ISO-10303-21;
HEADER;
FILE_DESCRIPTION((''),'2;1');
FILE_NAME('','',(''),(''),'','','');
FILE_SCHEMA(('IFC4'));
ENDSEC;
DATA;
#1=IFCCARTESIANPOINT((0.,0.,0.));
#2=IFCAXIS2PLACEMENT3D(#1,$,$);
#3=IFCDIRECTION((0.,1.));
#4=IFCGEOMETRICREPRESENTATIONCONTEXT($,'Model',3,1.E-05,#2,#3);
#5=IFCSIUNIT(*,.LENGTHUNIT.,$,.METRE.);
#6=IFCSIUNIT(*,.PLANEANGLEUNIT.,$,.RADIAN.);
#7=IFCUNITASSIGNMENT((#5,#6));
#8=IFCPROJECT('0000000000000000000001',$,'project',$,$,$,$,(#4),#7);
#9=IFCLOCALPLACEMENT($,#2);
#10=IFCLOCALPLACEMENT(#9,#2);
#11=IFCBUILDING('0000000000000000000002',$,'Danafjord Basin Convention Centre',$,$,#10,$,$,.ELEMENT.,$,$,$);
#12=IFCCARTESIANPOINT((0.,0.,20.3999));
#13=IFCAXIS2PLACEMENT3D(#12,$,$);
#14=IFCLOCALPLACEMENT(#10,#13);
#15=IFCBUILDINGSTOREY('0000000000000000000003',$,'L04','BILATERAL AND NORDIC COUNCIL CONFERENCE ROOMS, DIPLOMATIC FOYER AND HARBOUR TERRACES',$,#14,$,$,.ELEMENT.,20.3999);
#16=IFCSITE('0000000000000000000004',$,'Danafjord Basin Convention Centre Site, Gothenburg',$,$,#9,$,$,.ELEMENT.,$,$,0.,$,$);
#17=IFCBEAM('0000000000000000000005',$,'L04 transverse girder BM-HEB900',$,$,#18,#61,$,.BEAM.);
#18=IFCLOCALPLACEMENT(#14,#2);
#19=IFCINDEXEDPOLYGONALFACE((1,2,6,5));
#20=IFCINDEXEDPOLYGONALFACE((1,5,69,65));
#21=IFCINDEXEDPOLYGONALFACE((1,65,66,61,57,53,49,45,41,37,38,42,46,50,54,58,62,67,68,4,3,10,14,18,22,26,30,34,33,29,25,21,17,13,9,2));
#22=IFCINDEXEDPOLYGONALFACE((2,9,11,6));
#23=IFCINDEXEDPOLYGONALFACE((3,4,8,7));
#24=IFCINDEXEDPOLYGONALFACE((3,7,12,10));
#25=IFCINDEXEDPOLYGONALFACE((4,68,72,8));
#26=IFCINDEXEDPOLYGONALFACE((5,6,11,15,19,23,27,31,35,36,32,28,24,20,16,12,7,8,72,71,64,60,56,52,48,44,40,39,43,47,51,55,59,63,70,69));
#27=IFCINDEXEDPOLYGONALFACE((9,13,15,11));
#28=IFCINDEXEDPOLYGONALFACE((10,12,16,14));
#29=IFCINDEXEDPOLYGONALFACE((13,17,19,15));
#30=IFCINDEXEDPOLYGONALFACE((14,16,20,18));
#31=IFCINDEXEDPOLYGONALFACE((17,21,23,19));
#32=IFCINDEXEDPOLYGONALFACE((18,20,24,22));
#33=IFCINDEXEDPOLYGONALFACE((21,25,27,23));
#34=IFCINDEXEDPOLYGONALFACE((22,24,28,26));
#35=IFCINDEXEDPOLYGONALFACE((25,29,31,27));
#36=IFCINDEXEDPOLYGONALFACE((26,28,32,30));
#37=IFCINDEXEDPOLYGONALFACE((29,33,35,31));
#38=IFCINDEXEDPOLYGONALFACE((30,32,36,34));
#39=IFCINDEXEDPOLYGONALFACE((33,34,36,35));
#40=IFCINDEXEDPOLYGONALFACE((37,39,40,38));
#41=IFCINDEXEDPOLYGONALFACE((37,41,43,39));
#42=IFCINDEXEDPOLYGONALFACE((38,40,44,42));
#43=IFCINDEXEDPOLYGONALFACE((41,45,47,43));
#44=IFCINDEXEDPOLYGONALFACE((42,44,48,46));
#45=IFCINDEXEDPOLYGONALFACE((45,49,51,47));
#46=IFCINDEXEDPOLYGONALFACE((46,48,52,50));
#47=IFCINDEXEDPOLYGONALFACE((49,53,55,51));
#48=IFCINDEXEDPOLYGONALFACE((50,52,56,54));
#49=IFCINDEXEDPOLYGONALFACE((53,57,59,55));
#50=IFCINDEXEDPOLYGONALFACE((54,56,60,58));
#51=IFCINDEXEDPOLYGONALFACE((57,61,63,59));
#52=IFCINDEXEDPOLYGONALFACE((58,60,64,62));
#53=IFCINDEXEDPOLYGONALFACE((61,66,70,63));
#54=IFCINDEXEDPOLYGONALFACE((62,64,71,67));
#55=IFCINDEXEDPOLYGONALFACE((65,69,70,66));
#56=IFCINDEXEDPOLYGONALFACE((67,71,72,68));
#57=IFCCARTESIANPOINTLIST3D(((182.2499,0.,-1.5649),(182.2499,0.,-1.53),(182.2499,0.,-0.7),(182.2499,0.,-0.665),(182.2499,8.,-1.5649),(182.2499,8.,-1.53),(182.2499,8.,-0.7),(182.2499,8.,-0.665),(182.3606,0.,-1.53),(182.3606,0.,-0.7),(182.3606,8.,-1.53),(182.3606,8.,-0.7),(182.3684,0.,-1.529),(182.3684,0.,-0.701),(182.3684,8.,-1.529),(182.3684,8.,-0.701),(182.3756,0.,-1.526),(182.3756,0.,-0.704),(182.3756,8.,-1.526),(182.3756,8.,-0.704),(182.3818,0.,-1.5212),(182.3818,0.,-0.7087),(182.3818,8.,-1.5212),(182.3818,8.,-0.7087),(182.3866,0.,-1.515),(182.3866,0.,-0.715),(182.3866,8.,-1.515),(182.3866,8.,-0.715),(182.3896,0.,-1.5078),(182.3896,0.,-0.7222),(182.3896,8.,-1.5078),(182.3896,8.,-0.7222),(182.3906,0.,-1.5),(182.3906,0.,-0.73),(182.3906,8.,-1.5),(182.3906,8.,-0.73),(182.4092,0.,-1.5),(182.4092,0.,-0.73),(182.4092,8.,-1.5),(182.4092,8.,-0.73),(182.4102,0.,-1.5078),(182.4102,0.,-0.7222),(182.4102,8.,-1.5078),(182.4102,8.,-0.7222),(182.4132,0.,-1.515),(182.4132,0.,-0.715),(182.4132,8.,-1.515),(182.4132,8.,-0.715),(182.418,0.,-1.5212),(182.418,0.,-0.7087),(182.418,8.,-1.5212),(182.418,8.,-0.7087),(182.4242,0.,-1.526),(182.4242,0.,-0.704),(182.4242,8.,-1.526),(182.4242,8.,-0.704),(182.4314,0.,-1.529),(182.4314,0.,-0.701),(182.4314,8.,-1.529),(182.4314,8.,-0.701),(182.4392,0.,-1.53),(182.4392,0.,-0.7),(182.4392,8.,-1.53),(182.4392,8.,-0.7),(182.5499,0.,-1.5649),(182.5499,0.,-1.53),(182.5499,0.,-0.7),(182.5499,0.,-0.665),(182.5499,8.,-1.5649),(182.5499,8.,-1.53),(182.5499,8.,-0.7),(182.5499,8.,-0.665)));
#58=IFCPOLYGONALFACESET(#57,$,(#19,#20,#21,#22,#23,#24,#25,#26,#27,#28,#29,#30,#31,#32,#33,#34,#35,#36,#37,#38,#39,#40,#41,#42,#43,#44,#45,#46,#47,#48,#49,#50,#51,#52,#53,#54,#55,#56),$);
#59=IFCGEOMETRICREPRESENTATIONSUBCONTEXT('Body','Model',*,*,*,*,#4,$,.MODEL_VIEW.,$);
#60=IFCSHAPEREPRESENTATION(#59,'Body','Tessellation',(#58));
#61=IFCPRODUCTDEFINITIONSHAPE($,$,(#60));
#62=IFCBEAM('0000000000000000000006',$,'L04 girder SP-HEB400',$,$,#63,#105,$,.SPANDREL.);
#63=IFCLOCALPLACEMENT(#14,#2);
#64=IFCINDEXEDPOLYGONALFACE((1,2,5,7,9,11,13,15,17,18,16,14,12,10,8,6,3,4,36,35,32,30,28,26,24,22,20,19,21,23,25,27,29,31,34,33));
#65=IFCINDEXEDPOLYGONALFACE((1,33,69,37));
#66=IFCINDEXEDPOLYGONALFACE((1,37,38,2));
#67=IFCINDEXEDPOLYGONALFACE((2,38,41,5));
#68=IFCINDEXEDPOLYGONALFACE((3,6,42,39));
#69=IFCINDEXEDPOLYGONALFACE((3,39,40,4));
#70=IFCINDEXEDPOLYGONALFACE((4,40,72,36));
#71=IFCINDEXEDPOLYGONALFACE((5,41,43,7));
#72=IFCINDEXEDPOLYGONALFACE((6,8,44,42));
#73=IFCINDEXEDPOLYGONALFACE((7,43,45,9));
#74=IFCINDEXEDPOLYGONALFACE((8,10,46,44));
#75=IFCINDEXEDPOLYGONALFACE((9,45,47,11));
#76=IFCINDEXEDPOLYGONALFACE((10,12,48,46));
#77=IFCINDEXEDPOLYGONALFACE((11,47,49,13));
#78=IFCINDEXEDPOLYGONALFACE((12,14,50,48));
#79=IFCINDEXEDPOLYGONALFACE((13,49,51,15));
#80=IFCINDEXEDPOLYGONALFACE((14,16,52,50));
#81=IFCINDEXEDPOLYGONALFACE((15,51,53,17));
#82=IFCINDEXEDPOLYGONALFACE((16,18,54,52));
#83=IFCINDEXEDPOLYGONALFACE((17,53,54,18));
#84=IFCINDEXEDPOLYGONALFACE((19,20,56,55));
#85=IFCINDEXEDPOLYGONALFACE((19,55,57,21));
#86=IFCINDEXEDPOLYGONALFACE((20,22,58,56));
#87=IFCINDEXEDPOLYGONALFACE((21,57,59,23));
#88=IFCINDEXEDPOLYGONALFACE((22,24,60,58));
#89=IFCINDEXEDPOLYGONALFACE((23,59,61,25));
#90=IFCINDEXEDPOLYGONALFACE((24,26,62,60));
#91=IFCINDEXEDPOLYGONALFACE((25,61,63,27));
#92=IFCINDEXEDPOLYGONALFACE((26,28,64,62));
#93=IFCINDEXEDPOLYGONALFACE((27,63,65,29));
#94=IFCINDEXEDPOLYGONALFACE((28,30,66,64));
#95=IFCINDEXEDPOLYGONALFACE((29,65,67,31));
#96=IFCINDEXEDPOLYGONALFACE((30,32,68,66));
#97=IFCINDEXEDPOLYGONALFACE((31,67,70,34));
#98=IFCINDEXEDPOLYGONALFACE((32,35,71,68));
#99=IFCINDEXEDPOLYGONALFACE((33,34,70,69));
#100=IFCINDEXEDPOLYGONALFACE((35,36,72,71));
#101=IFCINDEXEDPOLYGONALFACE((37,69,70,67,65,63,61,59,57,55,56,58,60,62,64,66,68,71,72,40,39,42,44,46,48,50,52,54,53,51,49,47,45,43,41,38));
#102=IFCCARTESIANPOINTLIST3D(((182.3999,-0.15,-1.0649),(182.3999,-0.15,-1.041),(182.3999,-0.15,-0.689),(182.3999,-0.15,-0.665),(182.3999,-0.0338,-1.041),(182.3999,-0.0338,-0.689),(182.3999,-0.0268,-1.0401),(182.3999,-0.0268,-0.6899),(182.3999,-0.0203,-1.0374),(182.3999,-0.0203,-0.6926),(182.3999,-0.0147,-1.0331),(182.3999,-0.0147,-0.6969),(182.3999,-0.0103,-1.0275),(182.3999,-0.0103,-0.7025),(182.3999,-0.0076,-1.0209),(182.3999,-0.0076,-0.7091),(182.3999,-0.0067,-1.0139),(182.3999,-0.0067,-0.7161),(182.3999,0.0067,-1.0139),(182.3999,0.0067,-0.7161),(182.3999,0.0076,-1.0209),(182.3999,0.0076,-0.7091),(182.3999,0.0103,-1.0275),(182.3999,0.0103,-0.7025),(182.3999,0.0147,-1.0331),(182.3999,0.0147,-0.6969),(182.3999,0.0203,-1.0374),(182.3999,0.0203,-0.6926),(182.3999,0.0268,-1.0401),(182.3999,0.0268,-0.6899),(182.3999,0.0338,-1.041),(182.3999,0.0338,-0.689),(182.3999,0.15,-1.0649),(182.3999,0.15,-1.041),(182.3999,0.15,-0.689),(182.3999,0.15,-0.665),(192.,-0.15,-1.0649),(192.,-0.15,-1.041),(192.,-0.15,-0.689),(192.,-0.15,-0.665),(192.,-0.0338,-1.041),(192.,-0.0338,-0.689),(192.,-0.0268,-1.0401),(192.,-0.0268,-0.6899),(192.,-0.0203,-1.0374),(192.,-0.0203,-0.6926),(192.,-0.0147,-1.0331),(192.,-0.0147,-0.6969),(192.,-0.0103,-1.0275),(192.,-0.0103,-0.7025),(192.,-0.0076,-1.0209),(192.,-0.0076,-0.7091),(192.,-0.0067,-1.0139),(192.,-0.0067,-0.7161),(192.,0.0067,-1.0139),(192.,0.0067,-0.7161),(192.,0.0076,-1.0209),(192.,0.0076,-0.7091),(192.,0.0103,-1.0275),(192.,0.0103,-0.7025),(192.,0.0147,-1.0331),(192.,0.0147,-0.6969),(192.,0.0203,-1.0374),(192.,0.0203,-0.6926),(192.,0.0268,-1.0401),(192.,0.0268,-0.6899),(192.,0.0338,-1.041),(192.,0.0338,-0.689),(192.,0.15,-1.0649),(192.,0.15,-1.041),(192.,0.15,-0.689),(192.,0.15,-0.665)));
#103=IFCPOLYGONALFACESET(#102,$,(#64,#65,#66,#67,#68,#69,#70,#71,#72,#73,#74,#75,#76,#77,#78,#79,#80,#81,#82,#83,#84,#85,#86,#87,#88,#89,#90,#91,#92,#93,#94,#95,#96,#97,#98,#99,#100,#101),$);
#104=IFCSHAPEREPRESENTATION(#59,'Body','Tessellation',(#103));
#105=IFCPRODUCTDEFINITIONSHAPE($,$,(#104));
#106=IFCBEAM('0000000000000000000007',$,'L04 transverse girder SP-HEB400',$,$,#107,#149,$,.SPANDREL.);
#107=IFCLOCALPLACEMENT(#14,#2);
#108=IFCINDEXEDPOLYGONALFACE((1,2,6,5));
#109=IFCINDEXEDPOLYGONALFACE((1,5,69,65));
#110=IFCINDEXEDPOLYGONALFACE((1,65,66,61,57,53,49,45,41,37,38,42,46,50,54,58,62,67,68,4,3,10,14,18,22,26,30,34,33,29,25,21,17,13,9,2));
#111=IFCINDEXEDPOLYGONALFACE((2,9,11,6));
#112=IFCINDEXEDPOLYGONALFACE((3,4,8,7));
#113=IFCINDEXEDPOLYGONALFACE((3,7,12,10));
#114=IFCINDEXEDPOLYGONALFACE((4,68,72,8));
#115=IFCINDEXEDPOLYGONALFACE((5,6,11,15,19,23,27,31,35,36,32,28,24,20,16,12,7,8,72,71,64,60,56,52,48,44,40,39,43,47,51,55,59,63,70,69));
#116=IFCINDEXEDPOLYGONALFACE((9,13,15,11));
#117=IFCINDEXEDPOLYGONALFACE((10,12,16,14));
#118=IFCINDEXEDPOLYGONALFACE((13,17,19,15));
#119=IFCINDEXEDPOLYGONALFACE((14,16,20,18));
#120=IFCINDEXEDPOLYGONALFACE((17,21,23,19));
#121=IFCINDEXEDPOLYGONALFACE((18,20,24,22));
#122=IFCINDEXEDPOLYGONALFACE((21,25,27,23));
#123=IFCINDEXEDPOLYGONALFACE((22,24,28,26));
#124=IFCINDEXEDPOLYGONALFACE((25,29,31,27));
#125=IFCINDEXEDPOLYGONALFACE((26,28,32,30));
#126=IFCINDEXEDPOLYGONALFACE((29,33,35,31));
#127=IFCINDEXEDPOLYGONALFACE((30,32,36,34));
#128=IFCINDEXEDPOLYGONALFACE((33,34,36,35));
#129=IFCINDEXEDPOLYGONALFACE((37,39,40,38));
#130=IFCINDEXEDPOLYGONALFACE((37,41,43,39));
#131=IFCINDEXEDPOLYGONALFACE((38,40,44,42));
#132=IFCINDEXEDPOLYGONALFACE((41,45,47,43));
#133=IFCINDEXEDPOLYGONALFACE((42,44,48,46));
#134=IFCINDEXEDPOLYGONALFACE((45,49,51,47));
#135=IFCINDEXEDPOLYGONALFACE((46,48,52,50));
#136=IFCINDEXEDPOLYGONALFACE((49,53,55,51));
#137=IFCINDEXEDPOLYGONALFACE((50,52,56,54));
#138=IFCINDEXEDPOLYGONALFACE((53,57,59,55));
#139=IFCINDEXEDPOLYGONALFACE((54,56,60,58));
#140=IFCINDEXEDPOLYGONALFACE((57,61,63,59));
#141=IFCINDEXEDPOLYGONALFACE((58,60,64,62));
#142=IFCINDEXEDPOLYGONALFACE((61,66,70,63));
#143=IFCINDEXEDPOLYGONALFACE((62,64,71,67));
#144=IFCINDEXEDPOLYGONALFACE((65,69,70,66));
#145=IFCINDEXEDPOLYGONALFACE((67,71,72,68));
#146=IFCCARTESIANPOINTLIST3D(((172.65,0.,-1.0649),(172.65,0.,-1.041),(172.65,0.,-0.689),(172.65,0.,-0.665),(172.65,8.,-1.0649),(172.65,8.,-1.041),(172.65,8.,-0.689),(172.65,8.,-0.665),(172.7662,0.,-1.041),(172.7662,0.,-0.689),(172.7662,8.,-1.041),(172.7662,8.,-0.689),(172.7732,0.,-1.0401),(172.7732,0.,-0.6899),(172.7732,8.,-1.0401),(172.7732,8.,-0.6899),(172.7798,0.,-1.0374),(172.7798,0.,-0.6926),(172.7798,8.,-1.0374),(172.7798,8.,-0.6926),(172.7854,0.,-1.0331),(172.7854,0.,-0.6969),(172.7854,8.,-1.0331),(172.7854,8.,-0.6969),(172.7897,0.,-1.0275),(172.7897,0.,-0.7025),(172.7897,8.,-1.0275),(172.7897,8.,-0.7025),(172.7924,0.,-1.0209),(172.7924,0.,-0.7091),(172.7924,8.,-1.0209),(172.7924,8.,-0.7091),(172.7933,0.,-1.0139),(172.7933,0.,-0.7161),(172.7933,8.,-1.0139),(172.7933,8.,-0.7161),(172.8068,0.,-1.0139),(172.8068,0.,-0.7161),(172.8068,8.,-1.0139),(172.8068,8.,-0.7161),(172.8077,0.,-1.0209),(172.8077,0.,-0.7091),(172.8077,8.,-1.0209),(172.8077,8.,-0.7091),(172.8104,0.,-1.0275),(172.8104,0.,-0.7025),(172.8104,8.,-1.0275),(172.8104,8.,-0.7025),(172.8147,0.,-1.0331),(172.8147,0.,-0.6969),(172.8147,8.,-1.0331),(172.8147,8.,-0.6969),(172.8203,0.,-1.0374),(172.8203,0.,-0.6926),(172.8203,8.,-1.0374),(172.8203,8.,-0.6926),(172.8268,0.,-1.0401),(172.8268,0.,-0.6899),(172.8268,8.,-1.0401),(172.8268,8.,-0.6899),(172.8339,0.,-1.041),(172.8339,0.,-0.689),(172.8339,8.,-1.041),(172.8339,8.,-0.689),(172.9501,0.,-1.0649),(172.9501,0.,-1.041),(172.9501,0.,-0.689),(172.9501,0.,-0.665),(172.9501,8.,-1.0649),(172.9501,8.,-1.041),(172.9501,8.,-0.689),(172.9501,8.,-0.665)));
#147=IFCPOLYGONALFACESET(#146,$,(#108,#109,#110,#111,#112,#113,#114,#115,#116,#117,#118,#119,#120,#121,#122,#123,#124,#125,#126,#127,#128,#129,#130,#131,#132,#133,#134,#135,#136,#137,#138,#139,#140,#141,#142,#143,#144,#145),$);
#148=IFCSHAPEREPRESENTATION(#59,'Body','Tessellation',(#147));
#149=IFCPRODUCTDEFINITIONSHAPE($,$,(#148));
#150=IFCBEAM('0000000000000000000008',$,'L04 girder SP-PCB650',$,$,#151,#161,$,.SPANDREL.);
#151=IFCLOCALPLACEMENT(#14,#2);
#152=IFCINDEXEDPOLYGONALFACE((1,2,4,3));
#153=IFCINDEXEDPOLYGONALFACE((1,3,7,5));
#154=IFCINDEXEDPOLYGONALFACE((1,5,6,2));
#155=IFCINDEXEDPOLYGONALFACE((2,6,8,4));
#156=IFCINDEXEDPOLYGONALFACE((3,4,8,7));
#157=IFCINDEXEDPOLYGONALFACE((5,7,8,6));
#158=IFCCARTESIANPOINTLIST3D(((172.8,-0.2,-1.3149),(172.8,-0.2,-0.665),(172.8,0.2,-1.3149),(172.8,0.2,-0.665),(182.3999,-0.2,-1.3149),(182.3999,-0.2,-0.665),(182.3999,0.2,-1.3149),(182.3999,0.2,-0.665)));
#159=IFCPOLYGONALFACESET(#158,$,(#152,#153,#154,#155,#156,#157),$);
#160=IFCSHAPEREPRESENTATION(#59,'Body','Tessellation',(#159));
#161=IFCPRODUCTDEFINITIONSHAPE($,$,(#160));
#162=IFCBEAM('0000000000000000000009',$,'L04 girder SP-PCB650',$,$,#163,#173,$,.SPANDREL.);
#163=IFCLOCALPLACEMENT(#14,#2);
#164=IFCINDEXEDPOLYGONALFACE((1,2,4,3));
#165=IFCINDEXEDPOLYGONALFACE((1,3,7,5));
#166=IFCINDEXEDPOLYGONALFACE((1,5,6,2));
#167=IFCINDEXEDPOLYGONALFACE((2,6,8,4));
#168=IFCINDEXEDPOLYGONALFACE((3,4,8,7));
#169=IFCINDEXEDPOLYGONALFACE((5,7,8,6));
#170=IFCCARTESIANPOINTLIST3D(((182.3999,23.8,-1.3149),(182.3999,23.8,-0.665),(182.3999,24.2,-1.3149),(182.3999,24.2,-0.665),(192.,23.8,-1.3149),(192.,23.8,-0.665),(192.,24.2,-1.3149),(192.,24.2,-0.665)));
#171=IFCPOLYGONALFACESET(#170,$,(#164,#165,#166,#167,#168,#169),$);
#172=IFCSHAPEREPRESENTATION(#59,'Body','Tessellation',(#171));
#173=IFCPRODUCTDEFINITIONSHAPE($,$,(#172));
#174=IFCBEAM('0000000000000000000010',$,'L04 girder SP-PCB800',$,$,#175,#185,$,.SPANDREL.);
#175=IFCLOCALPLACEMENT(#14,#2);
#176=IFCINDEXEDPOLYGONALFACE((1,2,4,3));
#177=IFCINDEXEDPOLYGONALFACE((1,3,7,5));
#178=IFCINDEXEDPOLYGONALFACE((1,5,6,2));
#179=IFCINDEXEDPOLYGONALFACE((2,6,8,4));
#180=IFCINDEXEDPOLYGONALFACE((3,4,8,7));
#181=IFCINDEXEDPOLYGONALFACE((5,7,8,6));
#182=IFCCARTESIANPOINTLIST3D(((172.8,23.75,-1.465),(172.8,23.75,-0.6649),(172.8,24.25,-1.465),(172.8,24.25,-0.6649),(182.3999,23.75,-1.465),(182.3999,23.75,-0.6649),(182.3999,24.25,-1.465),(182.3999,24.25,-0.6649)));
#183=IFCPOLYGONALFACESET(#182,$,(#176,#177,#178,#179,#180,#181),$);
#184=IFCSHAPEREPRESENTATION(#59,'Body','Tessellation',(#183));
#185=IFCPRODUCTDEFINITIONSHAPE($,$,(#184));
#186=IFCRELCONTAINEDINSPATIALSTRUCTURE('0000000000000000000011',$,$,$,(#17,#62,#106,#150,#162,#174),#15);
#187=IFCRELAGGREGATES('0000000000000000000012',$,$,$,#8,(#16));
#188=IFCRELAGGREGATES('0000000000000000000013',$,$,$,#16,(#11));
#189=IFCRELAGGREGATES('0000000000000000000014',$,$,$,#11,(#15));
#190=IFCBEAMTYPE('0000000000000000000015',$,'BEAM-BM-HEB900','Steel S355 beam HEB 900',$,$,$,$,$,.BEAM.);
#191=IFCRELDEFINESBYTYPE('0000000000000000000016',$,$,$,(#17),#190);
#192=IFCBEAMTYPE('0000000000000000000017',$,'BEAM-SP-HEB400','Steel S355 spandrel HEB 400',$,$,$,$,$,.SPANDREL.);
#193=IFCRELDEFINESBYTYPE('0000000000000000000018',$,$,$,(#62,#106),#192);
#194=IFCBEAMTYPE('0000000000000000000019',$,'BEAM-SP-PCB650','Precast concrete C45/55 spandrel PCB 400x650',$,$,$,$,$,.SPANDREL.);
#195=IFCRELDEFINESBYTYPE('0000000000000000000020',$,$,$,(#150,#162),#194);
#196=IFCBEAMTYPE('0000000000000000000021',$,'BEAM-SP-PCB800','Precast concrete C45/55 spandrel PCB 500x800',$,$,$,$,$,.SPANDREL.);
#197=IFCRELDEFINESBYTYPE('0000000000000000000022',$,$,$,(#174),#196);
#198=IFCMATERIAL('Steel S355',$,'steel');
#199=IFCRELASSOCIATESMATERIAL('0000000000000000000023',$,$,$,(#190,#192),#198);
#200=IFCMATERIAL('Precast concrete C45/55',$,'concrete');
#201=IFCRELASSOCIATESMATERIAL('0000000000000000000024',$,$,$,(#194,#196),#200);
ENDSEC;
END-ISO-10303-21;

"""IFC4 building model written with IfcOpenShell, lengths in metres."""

from ifc_helpers import new_model, si_unit, direction, frame, origin, origin_2d, place, context, subcontext, project, spatial, rectangle, i_section, extrude, material, material_profile, profile_set, type_object, element, save


model = new_model("IFC4")

# Units and contexts
model_context = context("Model", 3, precision=1e-05, world=origin(), true_north=direction((0.0, 1.0)))
body_context = subcontext(model_context, "Body", "Model", "MODEL_VIEW")
ifc_project = project(units=[si_unit("LENGTHUNIT", "METRE"), si_unit("PLANEANGLEUNIT", "RADIAN")], contexts=[model_context])

# Site, building, storey
site_placement = place(None, origin())
site = spatial("IfcSite", under=ifc_project, at=site_placement, Name="Danafjord Basin Convention Centre Site, Gothenburg", CompositionType="ELEMENT", RefElevation=0.0)
building_placement = place(site_placement, origin())
building = spatial("IfcBuilding", under=site, at=building_placement, Name="Danafjord Basin Convention Centre", CompositionType="ELEMENT")
storey_placement = place(building_placement, frame((0.0, 0.0, 20.3999)))
storey = spatial("IfcBuildingStorey", under=building, at=storey_placement, Name="L04", Description="BILATERAL AND NORDIC COUNCIL CONFERENCE ROOMS, DIPLOMATIC FOYER AND HARBOUR TERRACES", CompositionType="ELEMENT", Elevation=20.3999)

# Beams
ifc_material_1 = material(Name="Steel S355", Category="steel")
ifc_material_profile_1 = material_profile(ifc_material_1, i_section(OverallWidth=0.3, OverallDepth=0.8999, WebThickness=0.0186, FlangeThickness=0.0349, FilletRadius=0.03, at=origin_2d()), Name="HEB 900")
ifc_profile_set_1 = profile_set([ifc_material_profile_1], Name="Steel S355")
beam_type_1 = type_object("IfcBeamType", Name="BEAM-BM-HEB900", Description="Steel S355 beam HEB 900", PredefinedType="BEAM", material=ifc_profile_set_1)
for number, where, z_axis, x_axis, name in (
    (1, (182.3999, 0.0, -1.115), (0.0, 1.0, 0.0), (-1.0, 0.0, 0.0), "L04 transverse girder BM-HEB900"),
):
    element("IfcBeam", number, at=place(storey_placement, frame(where, z_axis=z_axis, x_axis=x_axis)), inside=storey, type_object=beam_type_1, Name=name, PredefinedType="BEAM", context=body_context, shape_type="SweptSolid", body=[
        extrude(i_section(OverallWidth=0.3, OverallDepth=0.8999, WebThickness=0.0186, FlangeThickness=0.0349, FilletRadius=0.03, at=origin_2d()), origin(), (0.0, 0.0, 1.0), 8.0),
    ])
ifc_material_profile_2 = material_profile(ifc_material_1, i_section(OverallWidth=0.3, OverallDepth=0.3999, WebThickness=0.0134, FlangeThickness=0.0239, FilletRadius=0.0271, at=origin_2d()), Name="HEB 400")
ifc_profile_set_2 = profile_set([ifc_material_profile_2], Name="Steel S355")
beam_type_2 = type_object("IfcBeamType", Name="BEAM-SP-HEB400", Description="Steel S355 spandrel HEB 400", PredefinedType="SPANDREL", material=ifc_profile_set_2)
beam_1_placement = place(storey_placement, frame((182.3999, 0.0, -0.865), z_axis=(1.0, 0.0, 0.0), x_axis=(0.0, 1.0, 0.0)))
element("IfcBeam", 2, at=beam_1_placement, inside=storey, type_object=beam_type_2, Name="L04 girder SP-HEB400", PredefinedType="SPANDREL", context=body_context, shape_type="SweptSolid", body=[
    extrude(i_section(OverallWidth=0.3, OverallDepth=0.3999, WebThickness=0.0134, FlangeThickness=0.0239, FilletRadius=0.0271, at=origin_2d()), origin(), (0.0, 0.0, 1.0), 9.6001),
])
beam_2_placement = place(storey_placement, frame((172.8, 0.0, -0.865), z_axis=(0.0, 1.0, 0.0), x_axis=(-1.0, 0.0, 0.0)))
element("IfcBeam", 3, at=beam_2_placement, inside=storey, type_object=beam_type_2, Name="L04 transverse girder SP-HEB400", PredefinedType="SPANDREL", context=body_context, shape_type="SweptSolid", body=[
    extrude(i_section(OverallWidth=0.3, OverallDepth=0.3999, WebThickness=0.0134, FlangeThickness=0.0239, FilletRadius=0.0271, at=origin_2d()), origin(), (0.0, 0.0, 1.0), 8.0),
])
ifc_material_2 = material(Name="Precast concrete C45/55", Category="concrete")
ifc_material_profile_3 = material_profile(ifc_material_2, rectangle(XDim=0.3999, YDim=0.6499, at=origin_2d()), Name="PCB 400x650")
ifc_profile_set_3 = profile_set([ifc_material_profile_3], Name="Precast concrete C45/55")
beam_type_3 = type_object("IfcBeamType", Name="BEAM-SP-PCB650", Description="Precast concrete C45/55 spandrel PCB 400x650", PredefinedType="SPANDREL", material=ifc_profile_set_3)
beam_3_placement = place(storey_placement, frame((172.8, 0.0, -0.99), z_axis=(1.0, 0.0, 0.0), x_axis=(0.0, 1.0, 0.0)))
element("IfcBeam", 4, at=beam_3_placement, inside=storey, type_object=beam_type_3, Name="L04 girder SP-PCB650", PredefinedType="SPANDREL", context=body_context, shape_type="SweptSolid", body=[
    extrude(rectangle(XDim=0.3999, YDim=0.6499, at=origin_2d()), origin(), (0.0, 0.0, 1.0), 9.5999),
])
beam_4_placement = place(storey_placement, frame((182.3999, 24.0, -0.99), z_axis=(1.0, 0.0, 0.0), x_axis=(0.0, 1.0, 0.0)))
element("IfcBeam", 5, at=beam_4_placement, inside=storey, type_object=beam_type_3, Name="L04 girder SP-PCB650", PredefinedType="SPANDREL", context=body_context, shape_type="SweptSolid", body=[
    extrude(rectangle(XDim=0.3999, YDim=0.6499, at=origin_2d()), origin(), (0.0, 0.0, 1.0), 9.6001),
])
ifc_material_profile_4 = material_profile(ifc_material_2, rectangle(XDim=0.5, YDim=0.8, at=origin_2d()), Name="PCB 500x800")
ifc_profile_set_4 = profile_set([ifc_material_profile_4], Name="Precast concrete C45/55")
beam_type_4 = type_object("IfcBeamType", Name="BEAM-SP-PCB800", Description="Precast concrete C45/55 spandrel PCB 500x800", PredefinedType="SPANDREL", material=ifc_profile_set_4)
beam_5_placement = place(storey_placement, frame((172.8, 24.0, -1.0649), z_axis=(1.0, 0.0, 0.0), x_axis=(0.0, 1.0, 0.0)))
element("IfcBeam", 6, at=beam_5_placement, inside=storey, type_object=beam_type_4, Name="L04 girder SP-PCB800", PredefinedType="SPANDREL", context=body_context, shape_type="SweptSolid", body=[
    extrude(rectangle(XDim=0.5, YDim=0.8, at=origin_2d()), origin(), (0.0, 0.0, 1.0), 9.5999),
])

save(model, "model.ifc")
